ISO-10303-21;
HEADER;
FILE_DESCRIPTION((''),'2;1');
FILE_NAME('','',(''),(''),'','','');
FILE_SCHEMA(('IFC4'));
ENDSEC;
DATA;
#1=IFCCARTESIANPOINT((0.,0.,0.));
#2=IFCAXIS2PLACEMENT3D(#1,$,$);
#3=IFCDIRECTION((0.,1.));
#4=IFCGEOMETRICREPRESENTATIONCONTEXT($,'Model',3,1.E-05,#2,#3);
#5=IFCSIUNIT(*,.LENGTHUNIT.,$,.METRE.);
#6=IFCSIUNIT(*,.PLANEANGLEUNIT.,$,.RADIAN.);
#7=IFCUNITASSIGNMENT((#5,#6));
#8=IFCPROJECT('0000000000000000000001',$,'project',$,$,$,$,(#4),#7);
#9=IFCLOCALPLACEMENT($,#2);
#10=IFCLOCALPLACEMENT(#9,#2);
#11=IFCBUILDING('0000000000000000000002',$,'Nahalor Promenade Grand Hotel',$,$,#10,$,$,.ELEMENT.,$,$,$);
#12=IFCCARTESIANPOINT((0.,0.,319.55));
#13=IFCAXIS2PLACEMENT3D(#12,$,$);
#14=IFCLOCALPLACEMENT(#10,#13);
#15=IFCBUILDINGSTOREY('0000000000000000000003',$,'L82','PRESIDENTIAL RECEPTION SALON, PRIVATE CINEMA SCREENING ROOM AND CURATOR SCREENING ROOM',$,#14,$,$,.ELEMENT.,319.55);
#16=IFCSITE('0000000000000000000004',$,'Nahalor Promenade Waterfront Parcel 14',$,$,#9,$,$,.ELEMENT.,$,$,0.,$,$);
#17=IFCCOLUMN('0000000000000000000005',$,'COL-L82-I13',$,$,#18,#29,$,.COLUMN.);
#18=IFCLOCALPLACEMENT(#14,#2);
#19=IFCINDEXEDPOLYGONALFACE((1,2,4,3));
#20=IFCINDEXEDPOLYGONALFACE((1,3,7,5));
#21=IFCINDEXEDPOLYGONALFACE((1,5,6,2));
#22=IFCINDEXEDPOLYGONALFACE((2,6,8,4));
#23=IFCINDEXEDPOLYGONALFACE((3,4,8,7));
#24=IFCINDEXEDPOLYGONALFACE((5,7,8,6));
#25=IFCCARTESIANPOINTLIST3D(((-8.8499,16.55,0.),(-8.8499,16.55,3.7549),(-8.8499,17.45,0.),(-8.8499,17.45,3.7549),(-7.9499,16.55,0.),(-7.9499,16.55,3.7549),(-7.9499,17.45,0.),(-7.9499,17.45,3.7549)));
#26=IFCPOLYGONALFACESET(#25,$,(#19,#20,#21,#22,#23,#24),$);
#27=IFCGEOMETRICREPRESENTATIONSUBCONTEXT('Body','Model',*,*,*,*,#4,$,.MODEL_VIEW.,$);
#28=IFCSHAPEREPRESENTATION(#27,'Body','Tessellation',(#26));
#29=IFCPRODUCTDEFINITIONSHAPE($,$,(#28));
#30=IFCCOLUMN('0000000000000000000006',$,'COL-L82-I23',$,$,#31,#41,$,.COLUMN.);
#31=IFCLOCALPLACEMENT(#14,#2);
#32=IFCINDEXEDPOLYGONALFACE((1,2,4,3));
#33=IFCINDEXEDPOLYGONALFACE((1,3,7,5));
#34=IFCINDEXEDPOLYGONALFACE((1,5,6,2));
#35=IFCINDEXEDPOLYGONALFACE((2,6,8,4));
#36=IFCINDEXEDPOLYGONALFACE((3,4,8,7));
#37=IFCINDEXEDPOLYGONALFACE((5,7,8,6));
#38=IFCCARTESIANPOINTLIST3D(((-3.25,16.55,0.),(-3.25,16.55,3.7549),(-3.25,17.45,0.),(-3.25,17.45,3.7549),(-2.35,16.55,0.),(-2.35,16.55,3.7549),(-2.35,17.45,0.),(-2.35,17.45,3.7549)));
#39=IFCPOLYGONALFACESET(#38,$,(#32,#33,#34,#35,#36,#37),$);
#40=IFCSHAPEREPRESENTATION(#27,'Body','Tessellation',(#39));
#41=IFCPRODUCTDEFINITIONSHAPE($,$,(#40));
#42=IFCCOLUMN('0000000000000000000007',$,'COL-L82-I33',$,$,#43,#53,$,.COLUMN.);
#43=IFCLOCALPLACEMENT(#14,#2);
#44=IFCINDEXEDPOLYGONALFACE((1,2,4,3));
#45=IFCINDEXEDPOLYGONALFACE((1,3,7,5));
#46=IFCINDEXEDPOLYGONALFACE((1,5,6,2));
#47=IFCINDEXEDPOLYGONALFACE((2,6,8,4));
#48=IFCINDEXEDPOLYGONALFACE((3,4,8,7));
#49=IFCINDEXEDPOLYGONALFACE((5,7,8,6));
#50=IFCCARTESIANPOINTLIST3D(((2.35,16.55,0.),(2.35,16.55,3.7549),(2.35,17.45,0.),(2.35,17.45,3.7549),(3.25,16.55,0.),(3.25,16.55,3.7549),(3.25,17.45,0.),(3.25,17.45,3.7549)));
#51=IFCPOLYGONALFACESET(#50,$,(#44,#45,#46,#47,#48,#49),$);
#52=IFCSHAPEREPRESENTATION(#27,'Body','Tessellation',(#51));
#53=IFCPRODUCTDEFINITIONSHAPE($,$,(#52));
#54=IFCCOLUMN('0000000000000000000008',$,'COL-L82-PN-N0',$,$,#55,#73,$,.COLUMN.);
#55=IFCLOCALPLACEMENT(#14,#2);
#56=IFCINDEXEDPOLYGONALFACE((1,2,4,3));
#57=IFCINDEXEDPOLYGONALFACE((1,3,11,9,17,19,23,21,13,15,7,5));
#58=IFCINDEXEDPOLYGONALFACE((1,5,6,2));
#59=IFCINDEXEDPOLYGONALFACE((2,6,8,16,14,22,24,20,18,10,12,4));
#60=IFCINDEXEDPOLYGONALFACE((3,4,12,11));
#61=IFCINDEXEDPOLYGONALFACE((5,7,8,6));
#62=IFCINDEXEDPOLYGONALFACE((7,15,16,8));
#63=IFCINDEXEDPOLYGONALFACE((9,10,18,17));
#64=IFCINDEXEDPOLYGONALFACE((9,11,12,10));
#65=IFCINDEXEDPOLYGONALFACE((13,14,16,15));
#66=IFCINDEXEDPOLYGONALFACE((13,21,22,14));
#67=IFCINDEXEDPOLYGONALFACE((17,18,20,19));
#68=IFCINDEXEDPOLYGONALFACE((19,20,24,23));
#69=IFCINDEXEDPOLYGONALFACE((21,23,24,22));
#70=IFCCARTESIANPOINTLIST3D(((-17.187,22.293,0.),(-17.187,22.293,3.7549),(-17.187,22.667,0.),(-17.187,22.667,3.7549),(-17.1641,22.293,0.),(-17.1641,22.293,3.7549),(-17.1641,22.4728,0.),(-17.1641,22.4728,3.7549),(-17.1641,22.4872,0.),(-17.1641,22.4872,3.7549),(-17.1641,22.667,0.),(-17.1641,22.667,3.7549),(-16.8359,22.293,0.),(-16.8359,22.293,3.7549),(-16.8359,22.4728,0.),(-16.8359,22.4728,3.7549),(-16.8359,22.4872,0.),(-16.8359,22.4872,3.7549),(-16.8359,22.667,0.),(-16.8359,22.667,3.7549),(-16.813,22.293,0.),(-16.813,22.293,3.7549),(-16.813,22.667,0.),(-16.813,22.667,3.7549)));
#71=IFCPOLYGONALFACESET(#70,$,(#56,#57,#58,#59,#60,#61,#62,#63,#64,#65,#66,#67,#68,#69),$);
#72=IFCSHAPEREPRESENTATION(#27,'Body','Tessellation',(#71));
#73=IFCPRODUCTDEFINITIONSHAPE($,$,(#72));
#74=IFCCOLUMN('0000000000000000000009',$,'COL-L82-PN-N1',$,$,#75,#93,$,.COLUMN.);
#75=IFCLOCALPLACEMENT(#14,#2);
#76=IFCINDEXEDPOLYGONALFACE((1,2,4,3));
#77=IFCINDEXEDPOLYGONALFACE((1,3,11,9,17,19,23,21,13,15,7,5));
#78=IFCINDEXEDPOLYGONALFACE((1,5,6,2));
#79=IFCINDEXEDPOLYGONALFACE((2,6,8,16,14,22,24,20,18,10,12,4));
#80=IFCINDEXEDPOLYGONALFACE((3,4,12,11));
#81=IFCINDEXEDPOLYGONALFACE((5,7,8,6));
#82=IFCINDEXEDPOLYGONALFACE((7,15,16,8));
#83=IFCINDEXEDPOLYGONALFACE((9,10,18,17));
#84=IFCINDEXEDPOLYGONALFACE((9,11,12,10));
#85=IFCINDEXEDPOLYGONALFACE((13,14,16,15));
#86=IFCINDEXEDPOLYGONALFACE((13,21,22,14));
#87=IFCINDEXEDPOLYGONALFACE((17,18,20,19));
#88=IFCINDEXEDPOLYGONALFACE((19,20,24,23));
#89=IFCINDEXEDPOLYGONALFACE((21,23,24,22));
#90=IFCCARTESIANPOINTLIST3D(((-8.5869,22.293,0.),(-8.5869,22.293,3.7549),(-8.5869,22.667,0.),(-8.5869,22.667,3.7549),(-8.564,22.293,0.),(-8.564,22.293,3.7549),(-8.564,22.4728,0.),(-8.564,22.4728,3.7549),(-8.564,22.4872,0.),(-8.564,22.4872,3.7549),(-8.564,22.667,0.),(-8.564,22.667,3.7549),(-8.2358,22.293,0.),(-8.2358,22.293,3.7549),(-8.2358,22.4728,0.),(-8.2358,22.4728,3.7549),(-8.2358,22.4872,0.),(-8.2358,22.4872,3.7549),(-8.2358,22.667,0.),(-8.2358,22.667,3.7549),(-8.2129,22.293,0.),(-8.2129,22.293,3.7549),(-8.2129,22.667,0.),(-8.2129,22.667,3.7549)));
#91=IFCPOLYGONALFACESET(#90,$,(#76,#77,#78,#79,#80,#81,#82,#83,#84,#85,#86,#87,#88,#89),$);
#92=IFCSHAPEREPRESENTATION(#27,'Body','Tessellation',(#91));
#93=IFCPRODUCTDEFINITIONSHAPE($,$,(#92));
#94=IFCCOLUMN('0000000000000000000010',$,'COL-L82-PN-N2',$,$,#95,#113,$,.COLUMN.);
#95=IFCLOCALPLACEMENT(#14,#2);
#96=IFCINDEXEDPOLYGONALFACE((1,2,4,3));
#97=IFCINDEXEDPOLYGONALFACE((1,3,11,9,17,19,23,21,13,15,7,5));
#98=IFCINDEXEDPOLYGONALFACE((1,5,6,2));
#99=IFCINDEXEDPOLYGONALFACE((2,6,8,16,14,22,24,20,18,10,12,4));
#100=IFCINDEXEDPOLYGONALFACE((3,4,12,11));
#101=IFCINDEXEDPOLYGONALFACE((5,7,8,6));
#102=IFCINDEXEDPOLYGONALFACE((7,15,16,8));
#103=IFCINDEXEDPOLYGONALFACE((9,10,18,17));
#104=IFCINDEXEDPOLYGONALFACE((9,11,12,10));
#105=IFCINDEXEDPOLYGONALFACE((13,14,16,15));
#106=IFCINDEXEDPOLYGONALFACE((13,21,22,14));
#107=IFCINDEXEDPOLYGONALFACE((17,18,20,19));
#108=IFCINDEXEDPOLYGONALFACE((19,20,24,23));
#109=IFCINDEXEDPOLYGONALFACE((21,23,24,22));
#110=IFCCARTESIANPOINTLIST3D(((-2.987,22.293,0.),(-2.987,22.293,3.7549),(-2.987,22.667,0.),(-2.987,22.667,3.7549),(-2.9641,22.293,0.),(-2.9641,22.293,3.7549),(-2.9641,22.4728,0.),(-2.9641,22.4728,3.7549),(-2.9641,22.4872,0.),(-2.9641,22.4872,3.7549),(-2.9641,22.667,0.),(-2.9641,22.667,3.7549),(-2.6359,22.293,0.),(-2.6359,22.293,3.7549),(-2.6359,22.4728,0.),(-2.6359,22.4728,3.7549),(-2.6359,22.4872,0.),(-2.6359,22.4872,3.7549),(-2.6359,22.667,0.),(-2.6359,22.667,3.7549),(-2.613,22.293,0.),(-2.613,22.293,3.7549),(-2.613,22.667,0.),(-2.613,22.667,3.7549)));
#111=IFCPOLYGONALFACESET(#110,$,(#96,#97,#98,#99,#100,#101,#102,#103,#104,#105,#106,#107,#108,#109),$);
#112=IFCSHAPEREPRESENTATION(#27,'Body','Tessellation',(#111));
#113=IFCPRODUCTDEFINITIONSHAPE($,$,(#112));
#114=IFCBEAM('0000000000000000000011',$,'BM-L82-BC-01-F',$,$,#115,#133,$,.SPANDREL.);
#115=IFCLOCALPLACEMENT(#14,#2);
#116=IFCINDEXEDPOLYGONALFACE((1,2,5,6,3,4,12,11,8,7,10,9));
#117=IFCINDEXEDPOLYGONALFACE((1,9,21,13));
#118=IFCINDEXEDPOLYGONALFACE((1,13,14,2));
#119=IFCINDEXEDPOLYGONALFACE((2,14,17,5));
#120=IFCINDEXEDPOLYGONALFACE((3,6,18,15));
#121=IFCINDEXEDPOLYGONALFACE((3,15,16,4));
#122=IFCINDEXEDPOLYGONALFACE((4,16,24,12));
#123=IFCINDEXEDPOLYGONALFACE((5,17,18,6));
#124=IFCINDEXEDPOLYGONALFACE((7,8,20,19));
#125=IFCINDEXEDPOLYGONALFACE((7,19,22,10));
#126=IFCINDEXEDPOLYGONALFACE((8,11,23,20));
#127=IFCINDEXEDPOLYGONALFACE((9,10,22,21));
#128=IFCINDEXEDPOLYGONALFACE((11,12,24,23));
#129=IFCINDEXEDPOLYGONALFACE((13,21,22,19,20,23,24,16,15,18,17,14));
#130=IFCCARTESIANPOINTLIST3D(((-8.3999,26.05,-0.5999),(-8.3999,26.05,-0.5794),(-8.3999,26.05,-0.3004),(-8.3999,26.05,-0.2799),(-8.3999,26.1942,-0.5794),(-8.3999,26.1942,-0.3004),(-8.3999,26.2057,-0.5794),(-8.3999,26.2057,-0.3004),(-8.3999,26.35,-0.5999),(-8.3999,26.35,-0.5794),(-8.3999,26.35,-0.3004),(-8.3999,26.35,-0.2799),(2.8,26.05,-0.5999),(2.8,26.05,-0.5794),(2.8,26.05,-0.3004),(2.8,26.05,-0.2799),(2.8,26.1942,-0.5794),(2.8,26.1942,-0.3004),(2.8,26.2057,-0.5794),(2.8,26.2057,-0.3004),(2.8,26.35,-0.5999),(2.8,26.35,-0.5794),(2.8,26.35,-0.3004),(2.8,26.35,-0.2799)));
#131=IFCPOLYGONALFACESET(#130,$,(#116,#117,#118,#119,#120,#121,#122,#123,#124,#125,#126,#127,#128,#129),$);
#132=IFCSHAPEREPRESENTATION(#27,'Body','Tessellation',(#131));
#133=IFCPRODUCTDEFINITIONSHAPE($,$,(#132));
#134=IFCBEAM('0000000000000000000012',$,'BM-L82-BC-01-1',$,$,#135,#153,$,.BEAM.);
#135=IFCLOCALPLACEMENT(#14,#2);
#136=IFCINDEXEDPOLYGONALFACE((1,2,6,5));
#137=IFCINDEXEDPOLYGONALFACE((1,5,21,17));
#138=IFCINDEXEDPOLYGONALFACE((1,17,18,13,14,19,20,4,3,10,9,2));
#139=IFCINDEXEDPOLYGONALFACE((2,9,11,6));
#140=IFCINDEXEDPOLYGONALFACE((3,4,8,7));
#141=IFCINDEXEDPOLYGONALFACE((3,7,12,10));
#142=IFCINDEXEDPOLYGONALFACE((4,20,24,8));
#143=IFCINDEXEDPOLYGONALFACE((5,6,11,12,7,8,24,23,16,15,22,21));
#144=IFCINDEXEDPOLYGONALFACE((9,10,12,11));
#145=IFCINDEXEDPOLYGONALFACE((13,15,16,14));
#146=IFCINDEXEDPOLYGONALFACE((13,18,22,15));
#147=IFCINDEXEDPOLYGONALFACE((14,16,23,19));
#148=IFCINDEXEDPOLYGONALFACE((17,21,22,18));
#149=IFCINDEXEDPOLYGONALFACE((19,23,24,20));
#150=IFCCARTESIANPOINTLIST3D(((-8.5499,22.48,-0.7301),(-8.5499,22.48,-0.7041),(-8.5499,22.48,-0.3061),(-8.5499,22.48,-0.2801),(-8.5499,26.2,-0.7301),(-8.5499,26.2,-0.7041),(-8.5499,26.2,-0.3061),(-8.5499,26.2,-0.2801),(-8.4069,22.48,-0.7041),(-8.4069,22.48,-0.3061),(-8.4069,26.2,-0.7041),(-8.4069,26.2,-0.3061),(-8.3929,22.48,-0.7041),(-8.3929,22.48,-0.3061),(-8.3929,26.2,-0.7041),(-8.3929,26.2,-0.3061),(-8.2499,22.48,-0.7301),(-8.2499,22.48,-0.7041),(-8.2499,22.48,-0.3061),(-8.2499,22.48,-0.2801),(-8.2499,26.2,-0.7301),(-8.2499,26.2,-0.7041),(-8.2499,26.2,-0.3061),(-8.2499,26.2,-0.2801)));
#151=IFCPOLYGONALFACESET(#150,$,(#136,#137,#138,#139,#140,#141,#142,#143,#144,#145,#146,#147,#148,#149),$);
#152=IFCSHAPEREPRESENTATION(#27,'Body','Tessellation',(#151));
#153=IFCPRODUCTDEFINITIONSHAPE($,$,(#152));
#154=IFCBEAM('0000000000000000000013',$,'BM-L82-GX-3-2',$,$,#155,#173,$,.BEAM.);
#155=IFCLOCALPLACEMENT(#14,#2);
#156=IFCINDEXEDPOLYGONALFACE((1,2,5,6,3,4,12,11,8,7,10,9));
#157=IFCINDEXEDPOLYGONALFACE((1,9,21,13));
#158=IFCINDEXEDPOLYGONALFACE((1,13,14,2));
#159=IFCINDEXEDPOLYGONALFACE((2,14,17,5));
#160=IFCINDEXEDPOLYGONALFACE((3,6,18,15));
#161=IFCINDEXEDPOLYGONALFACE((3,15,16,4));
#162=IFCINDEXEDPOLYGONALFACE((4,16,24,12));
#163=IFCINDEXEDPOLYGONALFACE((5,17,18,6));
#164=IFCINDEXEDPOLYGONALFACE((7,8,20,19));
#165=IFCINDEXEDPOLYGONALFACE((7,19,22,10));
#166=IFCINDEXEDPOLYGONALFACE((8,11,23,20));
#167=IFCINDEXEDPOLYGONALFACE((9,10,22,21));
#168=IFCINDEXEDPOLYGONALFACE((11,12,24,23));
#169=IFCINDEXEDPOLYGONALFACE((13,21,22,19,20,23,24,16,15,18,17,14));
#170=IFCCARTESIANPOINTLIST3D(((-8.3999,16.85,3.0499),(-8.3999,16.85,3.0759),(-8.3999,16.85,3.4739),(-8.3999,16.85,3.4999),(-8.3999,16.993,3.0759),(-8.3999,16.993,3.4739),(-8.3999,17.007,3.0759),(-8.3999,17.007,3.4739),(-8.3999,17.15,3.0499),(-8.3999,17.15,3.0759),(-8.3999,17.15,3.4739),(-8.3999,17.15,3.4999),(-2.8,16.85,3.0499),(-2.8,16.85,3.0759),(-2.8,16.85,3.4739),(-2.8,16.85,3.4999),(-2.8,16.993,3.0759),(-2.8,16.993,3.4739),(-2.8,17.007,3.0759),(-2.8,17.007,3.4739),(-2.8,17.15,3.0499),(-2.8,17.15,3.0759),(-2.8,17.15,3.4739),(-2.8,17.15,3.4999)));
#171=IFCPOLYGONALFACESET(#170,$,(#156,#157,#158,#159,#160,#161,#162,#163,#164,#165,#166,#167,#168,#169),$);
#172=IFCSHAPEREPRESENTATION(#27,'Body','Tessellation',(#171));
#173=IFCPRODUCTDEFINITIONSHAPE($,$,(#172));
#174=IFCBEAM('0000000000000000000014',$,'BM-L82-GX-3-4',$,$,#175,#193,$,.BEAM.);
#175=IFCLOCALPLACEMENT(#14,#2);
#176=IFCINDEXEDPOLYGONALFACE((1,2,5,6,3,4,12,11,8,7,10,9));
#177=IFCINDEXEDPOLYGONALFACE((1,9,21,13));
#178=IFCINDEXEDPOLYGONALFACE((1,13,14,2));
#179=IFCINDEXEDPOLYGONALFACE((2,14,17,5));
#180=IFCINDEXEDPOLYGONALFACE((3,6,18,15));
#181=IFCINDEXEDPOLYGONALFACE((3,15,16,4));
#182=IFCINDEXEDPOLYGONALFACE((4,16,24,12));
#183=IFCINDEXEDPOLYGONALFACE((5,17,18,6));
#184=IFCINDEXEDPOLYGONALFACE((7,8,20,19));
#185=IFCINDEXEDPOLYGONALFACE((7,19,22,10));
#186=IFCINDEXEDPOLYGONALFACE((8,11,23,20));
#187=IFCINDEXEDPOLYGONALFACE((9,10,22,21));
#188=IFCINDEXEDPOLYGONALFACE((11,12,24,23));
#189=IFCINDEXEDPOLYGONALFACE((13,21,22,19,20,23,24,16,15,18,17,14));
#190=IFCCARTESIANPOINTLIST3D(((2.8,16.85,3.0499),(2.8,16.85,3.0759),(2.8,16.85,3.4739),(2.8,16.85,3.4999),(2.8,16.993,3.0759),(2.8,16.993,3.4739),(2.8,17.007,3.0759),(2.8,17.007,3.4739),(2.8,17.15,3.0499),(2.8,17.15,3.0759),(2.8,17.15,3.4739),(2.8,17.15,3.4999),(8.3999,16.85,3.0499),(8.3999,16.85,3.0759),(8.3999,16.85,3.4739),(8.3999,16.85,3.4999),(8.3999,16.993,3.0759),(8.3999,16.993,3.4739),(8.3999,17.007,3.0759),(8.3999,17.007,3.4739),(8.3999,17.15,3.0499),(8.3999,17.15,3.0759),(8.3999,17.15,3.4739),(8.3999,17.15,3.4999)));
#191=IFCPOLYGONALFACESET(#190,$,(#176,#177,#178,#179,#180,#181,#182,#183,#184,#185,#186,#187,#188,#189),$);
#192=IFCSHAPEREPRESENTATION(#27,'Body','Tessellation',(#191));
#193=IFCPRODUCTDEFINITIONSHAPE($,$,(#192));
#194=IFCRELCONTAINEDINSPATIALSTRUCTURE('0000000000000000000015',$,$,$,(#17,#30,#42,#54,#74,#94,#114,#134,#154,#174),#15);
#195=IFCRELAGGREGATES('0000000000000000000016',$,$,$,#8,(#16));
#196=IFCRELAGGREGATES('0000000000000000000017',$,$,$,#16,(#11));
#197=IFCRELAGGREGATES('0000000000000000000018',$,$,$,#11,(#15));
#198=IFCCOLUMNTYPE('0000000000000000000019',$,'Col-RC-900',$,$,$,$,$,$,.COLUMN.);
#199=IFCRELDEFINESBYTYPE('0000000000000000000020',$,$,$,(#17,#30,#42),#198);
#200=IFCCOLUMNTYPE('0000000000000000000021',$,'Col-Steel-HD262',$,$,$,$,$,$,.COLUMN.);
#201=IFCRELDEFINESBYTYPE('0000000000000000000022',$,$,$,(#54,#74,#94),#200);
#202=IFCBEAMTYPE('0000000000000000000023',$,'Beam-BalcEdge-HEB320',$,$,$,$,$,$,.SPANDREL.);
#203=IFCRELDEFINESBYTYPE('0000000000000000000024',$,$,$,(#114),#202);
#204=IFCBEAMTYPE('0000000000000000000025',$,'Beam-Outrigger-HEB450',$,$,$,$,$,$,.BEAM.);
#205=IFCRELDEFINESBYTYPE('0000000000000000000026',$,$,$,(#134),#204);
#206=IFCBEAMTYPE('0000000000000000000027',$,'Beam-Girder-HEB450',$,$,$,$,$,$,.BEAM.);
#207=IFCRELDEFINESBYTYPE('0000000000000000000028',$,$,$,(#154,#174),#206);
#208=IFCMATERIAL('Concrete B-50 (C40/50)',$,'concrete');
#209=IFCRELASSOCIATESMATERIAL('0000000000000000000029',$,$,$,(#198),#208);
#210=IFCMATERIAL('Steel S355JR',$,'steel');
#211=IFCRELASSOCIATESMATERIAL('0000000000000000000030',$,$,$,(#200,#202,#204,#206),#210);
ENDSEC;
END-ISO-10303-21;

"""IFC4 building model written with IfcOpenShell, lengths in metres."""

from ifc_helpers import new_model, si_unit, direction, frame, origin, origin_2d, place, context, subcontext, project, spatial, rectangle, i_section, extrude, source, transform, mapped, material, material_profile, profile_set, type_object, element, save


model = new_model("IFC4")

# Units and contexts
model_context = context("Model", 3, precision=1e-05, world=origin(), true_north=direction((0.0, 1.0)))
body_context = subcontext(model_context, "Body", "Model", "MODEL_VIEW")
ifc_project = project(units=[si_unit("LENGTHUNIT", "METRE"), si_unit("PLANEANGLEUNIT", "RADIAN")], contexts=[model_context])

# Site, building, storey
site_placement = place(None, origin())
site = spatial("IfcSite", under=ifc_project, at=site_placement, Name="Nahalor Promenade Waterfront Parcel 14", CompositionType="ELEMENT", RefElevation=0.0)
building_placement = place(site_placement, origin())
building = spatial("IfcBuilding", under=site, at=building_placement, Name="Nahalor Promenade Grand Hotel", CompositionType="ELEMENT")
storey_placement = place(building_placement, frame((0.0, 0.0, 319.55)))
storey = spatial("IfcBuildingStorey", under=building, at=storey_placement, Name="L82", Description="PRESIDENTIAL RECEPTION SALON, PRIVATE CINEMA SCREENING ROOM AND CURATOR SCREENING ROOM", CompositionType="ELEMENT", Elevation=319.55)

# Columns
ifc_material_1 = material(Name="Concrete B-50 (C40/50)", Category="concrete")
ifc_material_profile_1 = material_profile(ifc_material_1, rectangle(XDim=0.9, YDim=0.9, at=origin_2d()), Name="RC 900x900")
ifc_profile_set_1 = profile_set([ifc_material_profile_1], Name="Concrete B-50 (C40/50)")
column_type_1 = type_object("IfcColumnType", Name="Col-RC-900", PredefinedType="COLUMN", material=ifc_profile_set_1)
shared_shape_1 = source(origin(), body_context, "Body", "SweptSolid", [
    extrude(rectangle(XDim=0.9, YDim=0.9, at=origin_2d()), origin(), (0.0, 0.0, 1.0), 3.7549),
])
for number, where, z_axis, x_axis, name in (
    (1, (-8.3999, 17.0, 0.0), (0.0, 0.0, 1.0), (1.0, 0.0, 0.0), "COL-L82-I13"),
    (2, (-2.8, 17.0, 0.0), (0.0, 0.0, 1.0), (1.0, 0.0, 0.0), "COL-L82-I23"),
    (3, (2.8, 17.0, 0.0), (0.0, 0.0, 1.0), (1.0, 0.0, 0.0), "COL-L82-I33"),
):
    element("IfcColumn", number, at=place(storey_placement, frame(where, z_axis=z_axis, x_axis=x_axis)), inside=storey, type_object=column_type_1, Name=name, PredefinedType="COLUMN", context=body_context, shape_type="MappedRepresentation", body=[
        mapped(shared_shape_1, transform((0.0, 0.0, 0.0), scale=1.0)),
    ])
ifc_material_2 = material(Name="Steel S355JR", Category="steel")
ifc_material_profile_2 = material_profile(ifc_material_2, i_section(OverallWidth=0.374, OverallDepth=0.374, WebThickness=0.0144, FlangeThickness=0.0229, at=origin_2d()), Name="HD 360x262")
ifc_profile_set_2 = profile_set([ifc_material_profile_2], Name="Steel S355JR")
column_type_2 = type_object("IfcColumnType", Name="Col-Steel-HD262", PredefinedType="COLUMN", material=ifc_profile_set_2)
shared_shape_2 = source(origin(), body_context, "Body", "SweptSolid", [
    extrude(i_section(OverallWidth=0.374, OverallDepth=0.374, WebThickness=0.0144, FlangeThickness=0.0229, at=origin_2d()), origin(), (0.0, 0.0, 1.0), 3.7549),
])
for number, where, z_axis, x_axis, name in (
    (4, (-17.0, 22.48, 0.0), (0.0, 0.0, 1.0), (0.0, 1.0, 0.0), "COL-L82-PN-N0"),
    (5, (-8.3999, 22.48, 0.0), (0.0, 0.0, 1.0), (0.0, 1.0, 0.0), "COL-L82-PN-N1"),
    (6, (-2.8, 22.48, 0.0), (0.0, 0.0, 1.0), (0.0, 1.0, 0.0), "COL-L82-PN-N2"),
):
    element("IfcColumn", number, at=place(storey_placement, frame(where, z_axis=z_axis, x_axis=x_axis)), inside=storey, type_object=column_type_2, Name=name, PredefinedType="COLUMN", context=body_context, shape_type="MappedRepresentation", body=[
        mapped(shared_shape_2, transform((0.0, 0.0, 0.0), scale=1.0)),
    ])

# Beams
ifc_material_profile_3 = material_profile(ifc_material_2, i_section(OverallWidth=0.3, OverallDepth=0.32, WebThickness=0.0115, FlangeThickness=0.0205, at=origin_2d()), Name="HEB 320")
ifc_profile_set_3 = profile_set([ifc_material_profile_3], Name="Steel S355JR")
beam_type_1 = type_object("IfcBeamType", Name="Beam-BalcEdge-HEB320", PredefinedType="SPANDREL", material=ifc_profile_set_3)
shared_shape_3 = source(origin(), body_context, "Body", "SweptSolid", [
    extrude(i_section(OverallWidth=0.3, OverallDepth=0.32, WebThickness=0.0115, FlangeThickness=0.0205, at=origin_2d()), origin(), (0.0, 0.0, 1.0), 11.2),
])
beam_1_placement = place(storey_placement, frame((-8.3999, 26.2, -0.4399), z_axis=(1.0, 0.0, 0.0), x_axis=(0.0, 1.0, 0.0)))
element("IfcBeam", 7, at=beam_1_placement, inside=storey, type_object=beam_type_1, Name="BM-L82-BC-01-F", PredefinedType="SPANDREL", context=body_context, shape_type="MappedRepresentation", body=[
    mapped(shared_shape_3, transform((0.0, 0.0, 0.0), scale=1.0)),
])
ifc_material_profile_4 = material_profile(ifc_material_2, i_section(OverallWidth=0.3, OverallDepth=0.45, WebThickness=0.014, FlangeThickness=0.026, at=origin_2d()), Name="HEB 450")
ifc_profile_set_4 = profile_set([ifc_material_profile_4], Name="Steel S355JR")
beam_type_2 = type_object("IfcBeamType", Name="Beam-Outrigger-HEB450", PredefinedType="BEAM", material=ifc_profile_set_4)
shared_shape_4 = source(origin(), body_context, "Body", "SweptSolid", [
    extrude(i_section(OverallWidth=0.3, OverallDepth=0.45, WebThickness=0.014, FlangeThickness=0.026, at=origin_2d()), origin(), (0.0, 0.0, 1.0), 3.72),
])
beam_2_placement = place(storey_placement, frame((-8.3999, 22.48, -0.5051), z_axis=(0.0, 1.0, 0.0), x_axis=(-1.0, 0.0, 0.0)))
element("IfcBeam", 8, at=beam_2_placement, inside=storey, type_object=beam_type_2, Name="BM-L82-BC-01-1", PredefinedType="BEAM", context=body_context, shape_type="MappedRepresentation", body=[
    mapped(shared_shape_4, transform((0.0, 0.0, 0.0), scale=1.0)),
])
ifc_material_profile_5 = material_profile(ifc_material_2, i_section(OverallWidth=0.3, OverallDepth=0.45, WebThickness=0.014, FlangeThickness=0.026, at=origin_2d()), Name="HEB 450")
ifc_profile_set_5 = profile_set([ifc_material_profile_5], Name="Steel S355JR")
beam_type_3 = type_object("IfcBeamType", Name="Beam-Girder-HEB450", PredefinedType="BEAM", material=ifc_profile_set_5)
shared_shape_5 = source(origin(), body_context, "Body", "SweptSolid", [
    extrude(i_section(OverallWidth=0.3, OverallDepth=0.45, WebThickness=0.014, FlangeThickness=0.026, at=origin_2d()), origin(), (0.0, 0.0, 1.0), 5.5999),
])
for number, where, z_axis, x_axis, name in (
    (9, (-8.3999, 17.0, 3.2749), (1.0, 0.0, 0.0), (0.0, 1.0, 0.0), "BM-L82-GX-3-2"),
    (10, (2.8, 17.0, 3.2749), (1.0, 0.0, 0.0), (0.0, 1.0, 0.0), "BM-L82-GX-3-4"),
):
    element("IfcBeam", number, at=place(storey_placement, frame(where, z_axis=z_axis, x_axis=x_axis)), inside=storey, type_object=beam_type_3, Name=name, PredefinedType="BEAM", context=body_context, shape_type="MappedRepresentation", body=[
        mapped(shared_shape_5, transform((0.0, 0.0, 0.0), scale=1.0)),
    ])

save(model, "model.ifc")
